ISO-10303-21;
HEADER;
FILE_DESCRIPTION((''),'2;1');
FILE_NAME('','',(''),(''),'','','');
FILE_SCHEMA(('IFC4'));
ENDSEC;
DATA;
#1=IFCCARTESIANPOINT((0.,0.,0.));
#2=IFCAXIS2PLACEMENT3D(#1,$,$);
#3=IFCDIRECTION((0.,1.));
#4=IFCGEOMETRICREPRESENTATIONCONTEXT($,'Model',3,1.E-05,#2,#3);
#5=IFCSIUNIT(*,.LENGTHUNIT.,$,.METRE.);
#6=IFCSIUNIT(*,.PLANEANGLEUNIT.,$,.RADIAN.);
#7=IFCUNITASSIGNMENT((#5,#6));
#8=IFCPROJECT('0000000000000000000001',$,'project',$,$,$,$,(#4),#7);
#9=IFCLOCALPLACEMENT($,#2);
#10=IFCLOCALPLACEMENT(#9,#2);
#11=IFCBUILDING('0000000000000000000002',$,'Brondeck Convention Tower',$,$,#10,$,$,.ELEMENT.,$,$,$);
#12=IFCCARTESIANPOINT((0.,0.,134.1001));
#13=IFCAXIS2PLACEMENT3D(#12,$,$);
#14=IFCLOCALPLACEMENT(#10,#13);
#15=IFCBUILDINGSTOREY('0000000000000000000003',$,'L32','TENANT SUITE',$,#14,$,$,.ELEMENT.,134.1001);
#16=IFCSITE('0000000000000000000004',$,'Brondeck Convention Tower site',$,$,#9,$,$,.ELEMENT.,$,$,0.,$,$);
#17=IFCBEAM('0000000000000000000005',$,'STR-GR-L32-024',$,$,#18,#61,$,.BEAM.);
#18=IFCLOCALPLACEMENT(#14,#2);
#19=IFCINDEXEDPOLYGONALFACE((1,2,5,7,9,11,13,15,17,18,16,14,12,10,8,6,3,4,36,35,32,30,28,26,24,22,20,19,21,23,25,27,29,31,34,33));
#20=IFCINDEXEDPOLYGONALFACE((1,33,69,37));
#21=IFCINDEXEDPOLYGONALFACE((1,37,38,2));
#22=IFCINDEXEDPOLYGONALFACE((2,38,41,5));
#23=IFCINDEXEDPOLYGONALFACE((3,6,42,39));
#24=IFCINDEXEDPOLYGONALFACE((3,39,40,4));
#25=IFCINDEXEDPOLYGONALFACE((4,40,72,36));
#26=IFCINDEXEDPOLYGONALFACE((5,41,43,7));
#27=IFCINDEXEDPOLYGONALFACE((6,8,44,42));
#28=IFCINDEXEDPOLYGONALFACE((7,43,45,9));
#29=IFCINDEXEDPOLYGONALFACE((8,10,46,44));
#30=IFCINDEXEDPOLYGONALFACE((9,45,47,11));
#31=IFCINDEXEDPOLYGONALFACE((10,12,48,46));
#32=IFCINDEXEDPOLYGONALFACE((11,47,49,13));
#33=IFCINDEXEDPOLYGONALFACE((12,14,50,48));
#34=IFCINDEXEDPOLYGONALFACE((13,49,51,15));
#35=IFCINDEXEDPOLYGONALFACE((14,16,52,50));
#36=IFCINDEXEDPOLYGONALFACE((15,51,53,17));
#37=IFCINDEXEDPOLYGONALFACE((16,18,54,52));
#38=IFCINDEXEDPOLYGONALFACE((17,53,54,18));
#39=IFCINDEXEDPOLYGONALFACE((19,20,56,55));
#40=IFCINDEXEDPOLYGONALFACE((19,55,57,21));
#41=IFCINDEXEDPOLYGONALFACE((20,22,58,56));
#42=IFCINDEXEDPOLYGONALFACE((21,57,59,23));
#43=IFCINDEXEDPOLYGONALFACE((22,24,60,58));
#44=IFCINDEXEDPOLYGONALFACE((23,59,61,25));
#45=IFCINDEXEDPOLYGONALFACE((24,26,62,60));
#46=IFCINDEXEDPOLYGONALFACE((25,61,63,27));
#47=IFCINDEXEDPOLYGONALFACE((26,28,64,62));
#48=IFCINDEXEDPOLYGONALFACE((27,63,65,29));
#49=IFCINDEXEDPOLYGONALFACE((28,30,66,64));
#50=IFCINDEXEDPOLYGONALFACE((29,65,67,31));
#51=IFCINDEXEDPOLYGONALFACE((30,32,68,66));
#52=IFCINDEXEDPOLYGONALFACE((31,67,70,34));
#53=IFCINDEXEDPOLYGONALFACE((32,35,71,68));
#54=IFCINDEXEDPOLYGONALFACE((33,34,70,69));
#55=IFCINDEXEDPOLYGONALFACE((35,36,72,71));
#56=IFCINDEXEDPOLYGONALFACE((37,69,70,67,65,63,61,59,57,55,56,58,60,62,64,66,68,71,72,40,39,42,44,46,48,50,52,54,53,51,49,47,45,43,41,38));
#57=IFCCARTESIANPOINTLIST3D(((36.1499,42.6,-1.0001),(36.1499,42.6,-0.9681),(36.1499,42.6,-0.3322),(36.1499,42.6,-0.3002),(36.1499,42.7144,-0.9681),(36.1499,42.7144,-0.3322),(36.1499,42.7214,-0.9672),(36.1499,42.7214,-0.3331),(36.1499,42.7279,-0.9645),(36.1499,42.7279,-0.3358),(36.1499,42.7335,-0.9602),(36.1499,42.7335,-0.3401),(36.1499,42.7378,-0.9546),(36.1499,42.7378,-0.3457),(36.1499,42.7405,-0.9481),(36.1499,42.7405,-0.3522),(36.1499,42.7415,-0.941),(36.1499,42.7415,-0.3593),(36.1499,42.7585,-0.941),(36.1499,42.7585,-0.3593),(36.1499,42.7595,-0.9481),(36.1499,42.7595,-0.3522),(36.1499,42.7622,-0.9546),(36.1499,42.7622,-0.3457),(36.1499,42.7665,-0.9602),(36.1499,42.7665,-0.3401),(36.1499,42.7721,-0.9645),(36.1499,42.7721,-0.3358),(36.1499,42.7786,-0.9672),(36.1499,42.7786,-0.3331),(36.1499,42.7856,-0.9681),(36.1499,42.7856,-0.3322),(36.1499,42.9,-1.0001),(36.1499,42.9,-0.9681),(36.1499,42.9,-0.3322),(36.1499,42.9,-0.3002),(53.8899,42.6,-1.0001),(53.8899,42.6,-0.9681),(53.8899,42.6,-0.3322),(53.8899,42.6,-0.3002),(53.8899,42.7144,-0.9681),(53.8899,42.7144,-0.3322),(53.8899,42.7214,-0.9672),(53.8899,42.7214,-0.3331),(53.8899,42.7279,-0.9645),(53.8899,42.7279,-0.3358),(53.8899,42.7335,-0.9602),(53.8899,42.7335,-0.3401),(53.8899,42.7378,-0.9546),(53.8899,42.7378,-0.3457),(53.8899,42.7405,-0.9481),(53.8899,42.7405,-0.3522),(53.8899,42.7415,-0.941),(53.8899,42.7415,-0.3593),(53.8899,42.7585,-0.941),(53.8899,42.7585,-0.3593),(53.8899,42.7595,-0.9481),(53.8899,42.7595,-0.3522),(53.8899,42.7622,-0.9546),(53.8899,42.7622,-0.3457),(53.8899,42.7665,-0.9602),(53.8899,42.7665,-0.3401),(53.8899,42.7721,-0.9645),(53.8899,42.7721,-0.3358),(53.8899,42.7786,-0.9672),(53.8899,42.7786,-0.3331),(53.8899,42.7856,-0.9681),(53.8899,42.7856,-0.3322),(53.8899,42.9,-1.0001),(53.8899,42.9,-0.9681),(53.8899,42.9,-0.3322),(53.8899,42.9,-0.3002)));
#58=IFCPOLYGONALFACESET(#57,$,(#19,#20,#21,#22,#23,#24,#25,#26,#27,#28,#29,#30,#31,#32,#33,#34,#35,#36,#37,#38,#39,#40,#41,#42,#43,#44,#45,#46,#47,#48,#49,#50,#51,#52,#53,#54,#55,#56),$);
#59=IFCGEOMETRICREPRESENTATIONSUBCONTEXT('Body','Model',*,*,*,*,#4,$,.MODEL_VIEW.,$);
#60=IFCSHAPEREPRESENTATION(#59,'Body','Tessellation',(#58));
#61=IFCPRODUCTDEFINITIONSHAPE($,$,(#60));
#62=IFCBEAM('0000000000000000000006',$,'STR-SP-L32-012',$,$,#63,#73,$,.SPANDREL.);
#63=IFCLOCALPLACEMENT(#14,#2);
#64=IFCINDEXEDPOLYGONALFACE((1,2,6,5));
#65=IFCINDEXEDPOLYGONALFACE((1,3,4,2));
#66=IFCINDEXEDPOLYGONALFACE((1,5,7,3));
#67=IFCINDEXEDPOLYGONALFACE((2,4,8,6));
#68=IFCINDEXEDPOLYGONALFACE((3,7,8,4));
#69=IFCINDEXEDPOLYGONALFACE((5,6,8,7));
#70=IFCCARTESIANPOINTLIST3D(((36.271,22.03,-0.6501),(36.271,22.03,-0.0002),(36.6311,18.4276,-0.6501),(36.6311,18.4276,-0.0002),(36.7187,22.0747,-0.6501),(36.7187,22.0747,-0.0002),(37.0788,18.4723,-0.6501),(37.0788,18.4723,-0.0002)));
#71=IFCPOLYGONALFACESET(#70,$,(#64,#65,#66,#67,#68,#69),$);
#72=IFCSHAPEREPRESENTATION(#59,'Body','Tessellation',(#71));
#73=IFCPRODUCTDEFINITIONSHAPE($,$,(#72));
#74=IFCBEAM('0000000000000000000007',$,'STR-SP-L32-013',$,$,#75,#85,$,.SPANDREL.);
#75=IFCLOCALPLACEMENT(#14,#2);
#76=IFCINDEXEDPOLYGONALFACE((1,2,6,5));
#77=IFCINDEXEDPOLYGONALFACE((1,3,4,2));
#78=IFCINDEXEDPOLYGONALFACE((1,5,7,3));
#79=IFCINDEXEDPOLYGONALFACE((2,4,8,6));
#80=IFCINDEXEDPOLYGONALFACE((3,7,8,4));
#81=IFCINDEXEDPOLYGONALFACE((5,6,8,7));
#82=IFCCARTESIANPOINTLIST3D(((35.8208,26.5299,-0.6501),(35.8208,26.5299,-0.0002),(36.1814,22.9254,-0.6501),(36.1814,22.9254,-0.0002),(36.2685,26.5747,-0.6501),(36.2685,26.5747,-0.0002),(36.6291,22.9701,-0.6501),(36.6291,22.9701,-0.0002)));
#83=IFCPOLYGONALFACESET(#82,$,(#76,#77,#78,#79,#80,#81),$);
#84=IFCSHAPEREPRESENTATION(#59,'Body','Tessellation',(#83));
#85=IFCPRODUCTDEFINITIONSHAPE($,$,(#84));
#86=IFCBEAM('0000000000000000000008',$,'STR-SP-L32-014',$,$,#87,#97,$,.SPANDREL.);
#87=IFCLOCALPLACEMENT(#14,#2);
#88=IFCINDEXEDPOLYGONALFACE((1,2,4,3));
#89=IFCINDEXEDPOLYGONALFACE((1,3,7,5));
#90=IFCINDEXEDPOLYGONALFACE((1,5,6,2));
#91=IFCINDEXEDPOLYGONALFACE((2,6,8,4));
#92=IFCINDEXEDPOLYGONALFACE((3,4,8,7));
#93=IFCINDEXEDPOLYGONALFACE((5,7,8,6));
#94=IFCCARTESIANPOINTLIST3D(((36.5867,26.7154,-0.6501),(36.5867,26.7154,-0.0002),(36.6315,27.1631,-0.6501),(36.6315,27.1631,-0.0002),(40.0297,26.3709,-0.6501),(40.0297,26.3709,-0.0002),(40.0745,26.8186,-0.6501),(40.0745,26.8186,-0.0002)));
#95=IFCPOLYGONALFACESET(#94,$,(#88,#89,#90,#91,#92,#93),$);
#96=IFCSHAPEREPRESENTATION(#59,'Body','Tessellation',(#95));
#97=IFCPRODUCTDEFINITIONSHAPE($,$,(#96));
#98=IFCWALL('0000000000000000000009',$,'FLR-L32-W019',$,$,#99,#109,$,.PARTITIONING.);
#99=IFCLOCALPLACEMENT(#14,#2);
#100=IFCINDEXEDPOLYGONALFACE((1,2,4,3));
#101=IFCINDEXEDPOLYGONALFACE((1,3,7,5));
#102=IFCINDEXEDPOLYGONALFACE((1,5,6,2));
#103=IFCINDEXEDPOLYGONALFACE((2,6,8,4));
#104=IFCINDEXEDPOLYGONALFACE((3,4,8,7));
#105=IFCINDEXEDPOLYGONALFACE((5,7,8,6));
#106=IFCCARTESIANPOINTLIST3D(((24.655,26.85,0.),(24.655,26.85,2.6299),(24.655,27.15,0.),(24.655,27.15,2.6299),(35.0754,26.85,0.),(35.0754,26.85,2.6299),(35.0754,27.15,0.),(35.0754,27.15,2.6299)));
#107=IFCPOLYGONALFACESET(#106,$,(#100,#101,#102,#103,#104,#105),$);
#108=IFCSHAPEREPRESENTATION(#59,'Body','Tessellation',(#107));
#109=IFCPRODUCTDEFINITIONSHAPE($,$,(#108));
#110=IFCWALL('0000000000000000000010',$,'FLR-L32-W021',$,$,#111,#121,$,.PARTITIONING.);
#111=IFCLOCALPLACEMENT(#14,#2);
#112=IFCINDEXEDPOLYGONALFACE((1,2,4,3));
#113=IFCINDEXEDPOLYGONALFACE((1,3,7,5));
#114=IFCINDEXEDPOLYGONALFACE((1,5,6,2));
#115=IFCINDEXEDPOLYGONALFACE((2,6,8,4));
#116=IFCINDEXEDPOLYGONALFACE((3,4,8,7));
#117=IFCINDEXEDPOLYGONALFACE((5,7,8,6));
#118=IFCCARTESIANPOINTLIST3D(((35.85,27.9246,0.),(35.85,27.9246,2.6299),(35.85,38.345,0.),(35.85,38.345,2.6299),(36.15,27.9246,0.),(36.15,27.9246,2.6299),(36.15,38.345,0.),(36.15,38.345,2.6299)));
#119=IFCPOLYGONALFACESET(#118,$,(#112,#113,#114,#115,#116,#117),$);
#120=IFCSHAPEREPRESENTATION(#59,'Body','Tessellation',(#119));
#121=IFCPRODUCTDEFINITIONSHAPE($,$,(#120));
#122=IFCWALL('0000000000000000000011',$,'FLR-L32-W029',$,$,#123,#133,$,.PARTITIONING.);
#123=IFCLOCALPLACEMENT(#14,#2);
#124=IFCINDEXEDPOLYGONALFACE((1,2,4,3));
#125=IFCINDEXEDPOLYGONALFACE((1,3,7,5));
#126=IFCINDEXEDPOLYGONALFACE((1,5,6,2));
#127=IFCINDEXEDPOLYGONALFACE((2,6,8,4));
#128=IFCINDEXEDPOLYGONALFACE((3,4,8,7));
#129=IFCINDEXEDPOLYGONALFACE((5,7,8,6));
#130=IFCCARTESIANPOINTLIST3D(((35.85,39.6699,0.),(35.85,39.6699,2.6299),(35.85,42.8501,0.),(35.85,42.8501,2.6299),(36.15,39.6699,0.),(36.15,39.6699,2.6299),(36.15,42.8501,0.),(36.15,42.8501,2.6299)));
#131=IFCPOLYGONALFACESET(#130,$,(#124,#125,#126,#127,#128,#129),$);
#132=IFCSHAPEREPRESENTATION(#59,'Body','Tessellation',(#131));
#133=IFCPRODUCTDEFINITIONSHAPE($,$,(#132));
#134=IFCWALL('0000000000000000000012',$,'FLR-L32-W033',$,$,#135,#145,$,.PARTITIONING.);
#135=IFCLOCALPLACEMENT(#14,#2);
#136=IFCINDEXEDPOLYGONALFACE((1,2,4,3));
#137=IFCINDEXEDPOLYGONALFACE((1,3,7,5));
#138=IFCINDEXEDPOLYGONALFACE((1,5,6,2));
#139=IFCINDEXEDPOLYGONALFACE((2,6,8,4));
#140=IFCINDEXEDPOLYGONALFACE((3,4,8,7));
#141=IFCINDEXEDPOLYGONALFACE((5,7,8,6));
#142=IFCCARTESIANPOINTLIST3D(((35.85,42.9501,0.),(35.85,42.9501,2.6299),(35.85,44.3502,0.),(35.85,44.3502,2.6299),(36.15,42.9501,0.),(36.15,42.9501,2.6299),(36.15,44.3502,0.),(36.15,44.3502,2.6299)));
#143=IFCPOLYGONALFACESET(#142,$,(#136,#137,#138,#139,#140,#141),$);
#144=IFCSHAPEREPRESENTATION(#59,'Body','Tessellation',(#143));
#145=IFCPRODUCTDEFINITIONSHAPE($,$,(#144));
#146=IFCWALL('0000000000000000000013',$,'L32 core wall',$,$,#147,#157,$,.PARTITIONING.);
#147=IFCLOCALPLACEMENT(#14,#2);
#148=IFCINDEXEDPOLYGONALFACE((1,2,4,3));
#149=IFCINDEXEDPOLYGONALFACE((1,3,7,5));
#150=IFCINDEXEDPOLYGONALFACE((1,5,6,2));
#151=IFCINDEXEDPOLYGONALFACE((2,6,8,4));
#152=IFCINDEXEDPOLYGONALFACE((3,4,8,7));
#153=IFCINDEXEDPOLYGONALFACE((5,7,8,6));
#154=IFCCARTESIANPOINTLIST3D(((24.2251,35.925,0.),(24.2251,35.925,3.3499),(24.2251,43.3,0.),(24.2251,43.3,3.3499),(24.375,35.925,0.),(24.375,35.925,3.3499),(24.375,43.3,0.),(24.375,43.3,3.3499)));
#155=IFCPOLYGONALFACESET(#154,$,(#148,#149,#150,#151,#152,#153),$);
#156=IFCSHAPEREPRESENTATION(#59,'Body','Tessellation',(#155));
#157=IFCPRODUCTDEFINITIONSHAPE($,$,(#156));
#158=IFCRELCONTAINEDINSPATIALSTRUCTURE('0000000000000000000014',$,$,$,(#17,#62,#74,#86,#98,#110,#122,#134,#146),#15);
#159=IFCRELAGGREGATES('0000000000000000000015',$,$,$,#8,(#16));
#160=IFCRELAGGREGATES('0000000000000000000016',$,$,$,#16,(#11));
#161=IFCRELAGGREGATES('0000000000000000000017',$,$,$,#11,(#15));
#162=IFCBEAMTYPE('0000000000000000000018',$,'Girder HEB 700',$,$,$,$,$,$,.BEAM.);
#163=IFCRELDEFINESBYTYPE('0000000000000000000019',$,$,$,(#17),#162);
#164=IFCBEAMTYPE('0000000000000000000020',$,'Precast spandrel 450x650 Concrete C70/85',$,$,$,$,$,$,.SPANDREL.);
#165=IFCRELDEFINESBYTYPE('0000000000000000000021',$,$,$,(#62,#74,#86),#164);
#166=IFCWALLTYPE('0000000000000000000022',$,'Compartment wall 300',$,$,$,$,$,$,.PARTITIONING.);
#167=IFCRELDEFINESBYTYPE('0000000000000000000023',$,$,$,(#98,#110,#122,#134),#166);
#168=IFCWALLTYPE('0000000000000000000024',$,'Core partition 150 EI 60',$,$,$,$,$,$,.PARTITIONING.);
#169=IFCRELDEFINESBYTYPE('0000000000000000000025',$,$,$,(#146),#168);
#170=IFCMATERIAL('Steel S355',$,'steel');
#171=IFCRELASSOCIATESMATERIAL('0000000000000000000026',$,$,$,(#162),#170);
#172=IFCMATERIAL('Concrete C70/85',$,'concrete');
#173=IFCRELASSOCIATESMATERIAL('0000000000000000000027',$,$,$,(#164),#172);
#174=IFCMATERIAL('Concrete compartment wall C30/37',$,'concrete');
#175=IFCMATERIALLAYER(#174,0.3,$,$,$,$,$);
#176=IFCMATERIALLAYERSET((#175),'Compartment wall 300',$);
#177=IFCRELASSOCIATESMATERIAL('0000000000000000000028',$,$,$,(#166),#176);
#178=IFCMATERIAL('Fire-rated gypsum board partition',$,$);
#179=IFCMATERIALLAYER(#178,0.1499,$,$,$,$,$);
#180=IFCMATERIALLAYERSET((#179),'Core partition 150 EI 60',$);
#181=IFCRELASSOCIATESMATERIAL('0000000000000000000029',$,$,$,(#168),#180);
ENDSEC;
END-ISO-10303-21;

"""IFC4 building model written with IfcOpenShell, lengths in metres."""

from ifc_helpers import new_model, si_unit, direction, frame, frame_2d, origin, origin_2d, place, context, subcontext, project, spatial, rectangle, i_section, extrude, material, layer, layer_set, material_profile, profile_set, type_object, element, save


model = new_model("IFC4")

# Units and contexts
model_context = context("Model", 3, precision=1e-05, world=origin(), true_north=direction((0.0, 1.0)))
body_context = subcontext(model_context, "Body", "Model", "MODEL_VIEW")
ifc_project = project(units=[si_unit("LENGTHUNIT", "METRE"), si_unit("PLANEANGLEUNIT", "RADIAN")], contexts=[model_context])

# Site, building, storey
site_placement = place(None, origin())
site = spatial("IfcSite", under=ifc_project, at=site_placement, Name="Brondeck Convention Tower site", CompositionType="ELEMENT", RefElevation=0.0)
building_placement = place(site_placement, origin())
building = spatial("IfcBuilding", under=site, at=building_placement, Name="Brondeck Convention Tower", CompositionType="ELEMENT")
storey_placement = place(building_placement, frame((0.0, 0.0, 134.1001)))
storey = spatial("IfcBuildingStorey", under=building, at=storey_placement, Name="L32", Description="TENANT SUITE", CompositionType="ELEMENT", Elevation=134.1001)

# Shared definitions
ifc_material_1 = material(Name="Concrete C70/85", Category="concrete")

# Beams
ifc_material_2 = material(Name="Steel S355", Category="steel")
ifc_material_profile_1 = material_profile(ifc_material_2, i_section(OverallWidth=0.3, OverallDepth=0.7, WebThickness=0.0171, FlangeThickness=0.032, FilletRadius=0.0271, at=origin_2d()), Name="HEB 700")
ifc_profile_set_1 = profile_set([ifc_material_profile_1], Name="Steel S355")
beam_type_1 = type_object("IfcBeamType", Name="Girder HEB 700", PredefinedType="BEAM", material=ifc_profile_set_1)
beam_1_placement = place(storey_placement, frame((36.1499, 42.75, -0.6501), z_axis=(1.0, 0.0, 0.0), x_axis=(0.0, 1.0, 0.0)))
element("IfcBeam", 1, at=beam_1_placement, inside=storey, type_object=beam_type_1, Name="STR-GR-L32-024", PredefinedType="BEAM", context=body_context, shape_type="SweptSolid", body=[
    extrude(i_section(OverallWidth=0.3, OverallDepth=0.7, WebThickness=0.0171, FlangeThickness=0.032, FilletRadius=0.0271, at=origin_2d()), origin(), (0.0, 0.0, 1.0), 17.74),
])
ifc_material_profile_2 = material_profile(ifc_material_1, rectangle(XDim=0.45, YDim=0.6499, at=origin_2d()), Name="Precast spandrel 450x650 Concrete C70/85")
ifc_profile_set_2 = profile_set([ifc_material_profile_2], Name="Concrete C70/85")
beam_type_2 = type_object("IfcBeamType", Name="Precast spandrel 450x650 Concrete C70/85", PredefinedType="SPANDREL", material=ifc_profile_set_2)
beam_2_placement = place(storey_placement, frame((36.855, 18.45, -0.3252), z_axis=(-0.09947, 0.995041, 0.0), x_axis=(-0.995041, -0.09947, 0.0)))
element("IfcBeam", 2, at=beam_2_placement, inside=storey, type_object=beam_type_2, Name="STR-SP-L32-012", PredefinedType="SPANDREL", context=body_context, shape_type="SweptSolid", body=[
    extrude(rectangle(XDim=0.45, YDim=0.6499, at=origin_2d()), origin(), (0.0, 0.0, 1.0), 3.6204),
])
beam_3_placement = place(storey_placement, frame((36.4053, 22.9478, -0.3252), z_axis=(-0.099544, 0.995033, 0.0), x_axis=(-0.995033, -0.099544, 0.0)))
element("IfcBeam", 3, at=beam_3_placement, inside=storey, type_object=beam_type_2, Name="STR-SP-L32-013", PredefinedType="SPANDREL", context=body_context, shape_type="SweptSolid", body=[
    extrude(rectangle(XDim=0.45, YDim=0.6499, at=origin_2d()), origin(), (0.0, 0.0, 1.0), 3.6226),
])
beam_4_placement = place(storey_placement, frame((36.6091, 26.9392, -0.3252), z_axis=(0.995032, -0.099553, 0.0), x_axis=(0.099553, 0.995032, 0.0)))
element("IfcBeam", 4, at=beam_4_placement, inside=storey, type_object=beam_type_2, Name="STR-SP-L32-014", PredefinedType="SPANDREL", context=body_context, shape_type="SweptSolid", body=[
    extrude(rectangle(XDim=0.45, YDim=0.6499, at=origin_2d()), origin(), (0.0, 0.0, 1.0), 3.4602),
])

# Walls
ifc_material_3 = material(Name="Concrete compartment wall C30/37", Category="concrete")
ifc_layer_1 = layer(ifc_material_3, 0.3)
ifc_layer_set_1 = layer_set([ifc_layer_1], Name="Compartment wall 300")
wall_type_1 = type_object("IfcWallType", Name="Compartment wall 300", PredefinedType="PARTITIONING", material=ifc_layer_set_1)
for number, where, z_axis, x_axis, name in (
    (5, (24.655, 27.0, 0.0), (0.0, 0.0, 1.0), (1.0, 0.0, 0.0), "FLR-L32-W019"),
    (6, (36.0, 27.9246, 0.0), (0.0, 0.0, 1.0), (0.0, 1.0, 0.0), "FLR-L32-W021"),
):
    element("IfcWall", number, at=place(storey_placement, frame(where, z_axis=z_axis, x_axis=x_axis)), inside=storey, type_object=wall_type_1, Name=name, PredefinedType="PARTITIONING", context=body_context, shape_type="SweptSolid", body=[
        extrude(rectangle(XDim=10.4204, YDim=0.3, at=frame_2d((5.2102, 0.0))), origin(), (0.0, 0.0, 1.0), 2.6299),
    ])
wall_1_placement = place(storey_placement, frame((36.0, 39.6699, 0.0), z_axis=(0.0, 0.0, 1.0), x_axis=(0.0, 1.0, 0.0)))
element("IfcWall", 7, at=wall_1_placement, inside=storey, type_object=wall_type_1, Name="FLR-L32-W029", PredefinedType="PARTITIONING", context=body_context, shape_type="SweptSolid", body=[
    extrude(rectangle(XDim=3.1802, YDim=0.3, at=frame_2d((1.5901, 0.0))), origin(), (0.0, 0.0, 1.0), 2.6299),
])
wall_2_placement = place(storey_placement, frame((36.0, 42.95, 0.0), z_axis=(0.0, 0.0, 1.0), x_axis=(0.0, 1.0, 0.0)))
element("IfcWall", 8, at=wall_2_placement, inside=storey, type_object=wall_type_1, Name="FLR-L32-W033", PredefinedType="PARTITIONING", context=body_context, shape_type="SweptSolid", body=[
    extrude(rectangle(XDim=1.4001, YDim=0.3, at=frame_2d((0.7002, 0.0))), origin(), (0.0, 0.0, 1.0), 2.6299),
])
ifc_material_4 = material(Name="Fire-rated gypsum board partition")
ifc_layer_2 = layer(ifc_material_4, 0.1499)
ifc_layer_set_2 = layer_set([ifc_layer_2], Name="Core partition 150 EI 60")
wall_type_2 = type_object("IfcWallType", Name="Core partition 150 EI 60", PredefinedType="PARTITIONING", material=ifc_layer_set_2)
wall_3_placement = place(storey_placement, frame((24.3, 35.925, 0.0), z_axis=(0.0, 0.0, 1.0), x_axis=(0.0, 1.0, 0.0)))
element("IfcWall", 9, at=wall_3_placement, inside=storey, type_object=wall_type_2, Name="L32 core wall", PredefinedType="PARTITIONING", context=body_context, shape_type="SweptSolid", body=[
    extrude(rectangle(XDim=7.375, YDim=0.1499, at=frame_2d((3.6875, 0.0))), origin(), (0.0, 0.0, 1.0), 3.3499),
])

save(model, "model.ifc")
